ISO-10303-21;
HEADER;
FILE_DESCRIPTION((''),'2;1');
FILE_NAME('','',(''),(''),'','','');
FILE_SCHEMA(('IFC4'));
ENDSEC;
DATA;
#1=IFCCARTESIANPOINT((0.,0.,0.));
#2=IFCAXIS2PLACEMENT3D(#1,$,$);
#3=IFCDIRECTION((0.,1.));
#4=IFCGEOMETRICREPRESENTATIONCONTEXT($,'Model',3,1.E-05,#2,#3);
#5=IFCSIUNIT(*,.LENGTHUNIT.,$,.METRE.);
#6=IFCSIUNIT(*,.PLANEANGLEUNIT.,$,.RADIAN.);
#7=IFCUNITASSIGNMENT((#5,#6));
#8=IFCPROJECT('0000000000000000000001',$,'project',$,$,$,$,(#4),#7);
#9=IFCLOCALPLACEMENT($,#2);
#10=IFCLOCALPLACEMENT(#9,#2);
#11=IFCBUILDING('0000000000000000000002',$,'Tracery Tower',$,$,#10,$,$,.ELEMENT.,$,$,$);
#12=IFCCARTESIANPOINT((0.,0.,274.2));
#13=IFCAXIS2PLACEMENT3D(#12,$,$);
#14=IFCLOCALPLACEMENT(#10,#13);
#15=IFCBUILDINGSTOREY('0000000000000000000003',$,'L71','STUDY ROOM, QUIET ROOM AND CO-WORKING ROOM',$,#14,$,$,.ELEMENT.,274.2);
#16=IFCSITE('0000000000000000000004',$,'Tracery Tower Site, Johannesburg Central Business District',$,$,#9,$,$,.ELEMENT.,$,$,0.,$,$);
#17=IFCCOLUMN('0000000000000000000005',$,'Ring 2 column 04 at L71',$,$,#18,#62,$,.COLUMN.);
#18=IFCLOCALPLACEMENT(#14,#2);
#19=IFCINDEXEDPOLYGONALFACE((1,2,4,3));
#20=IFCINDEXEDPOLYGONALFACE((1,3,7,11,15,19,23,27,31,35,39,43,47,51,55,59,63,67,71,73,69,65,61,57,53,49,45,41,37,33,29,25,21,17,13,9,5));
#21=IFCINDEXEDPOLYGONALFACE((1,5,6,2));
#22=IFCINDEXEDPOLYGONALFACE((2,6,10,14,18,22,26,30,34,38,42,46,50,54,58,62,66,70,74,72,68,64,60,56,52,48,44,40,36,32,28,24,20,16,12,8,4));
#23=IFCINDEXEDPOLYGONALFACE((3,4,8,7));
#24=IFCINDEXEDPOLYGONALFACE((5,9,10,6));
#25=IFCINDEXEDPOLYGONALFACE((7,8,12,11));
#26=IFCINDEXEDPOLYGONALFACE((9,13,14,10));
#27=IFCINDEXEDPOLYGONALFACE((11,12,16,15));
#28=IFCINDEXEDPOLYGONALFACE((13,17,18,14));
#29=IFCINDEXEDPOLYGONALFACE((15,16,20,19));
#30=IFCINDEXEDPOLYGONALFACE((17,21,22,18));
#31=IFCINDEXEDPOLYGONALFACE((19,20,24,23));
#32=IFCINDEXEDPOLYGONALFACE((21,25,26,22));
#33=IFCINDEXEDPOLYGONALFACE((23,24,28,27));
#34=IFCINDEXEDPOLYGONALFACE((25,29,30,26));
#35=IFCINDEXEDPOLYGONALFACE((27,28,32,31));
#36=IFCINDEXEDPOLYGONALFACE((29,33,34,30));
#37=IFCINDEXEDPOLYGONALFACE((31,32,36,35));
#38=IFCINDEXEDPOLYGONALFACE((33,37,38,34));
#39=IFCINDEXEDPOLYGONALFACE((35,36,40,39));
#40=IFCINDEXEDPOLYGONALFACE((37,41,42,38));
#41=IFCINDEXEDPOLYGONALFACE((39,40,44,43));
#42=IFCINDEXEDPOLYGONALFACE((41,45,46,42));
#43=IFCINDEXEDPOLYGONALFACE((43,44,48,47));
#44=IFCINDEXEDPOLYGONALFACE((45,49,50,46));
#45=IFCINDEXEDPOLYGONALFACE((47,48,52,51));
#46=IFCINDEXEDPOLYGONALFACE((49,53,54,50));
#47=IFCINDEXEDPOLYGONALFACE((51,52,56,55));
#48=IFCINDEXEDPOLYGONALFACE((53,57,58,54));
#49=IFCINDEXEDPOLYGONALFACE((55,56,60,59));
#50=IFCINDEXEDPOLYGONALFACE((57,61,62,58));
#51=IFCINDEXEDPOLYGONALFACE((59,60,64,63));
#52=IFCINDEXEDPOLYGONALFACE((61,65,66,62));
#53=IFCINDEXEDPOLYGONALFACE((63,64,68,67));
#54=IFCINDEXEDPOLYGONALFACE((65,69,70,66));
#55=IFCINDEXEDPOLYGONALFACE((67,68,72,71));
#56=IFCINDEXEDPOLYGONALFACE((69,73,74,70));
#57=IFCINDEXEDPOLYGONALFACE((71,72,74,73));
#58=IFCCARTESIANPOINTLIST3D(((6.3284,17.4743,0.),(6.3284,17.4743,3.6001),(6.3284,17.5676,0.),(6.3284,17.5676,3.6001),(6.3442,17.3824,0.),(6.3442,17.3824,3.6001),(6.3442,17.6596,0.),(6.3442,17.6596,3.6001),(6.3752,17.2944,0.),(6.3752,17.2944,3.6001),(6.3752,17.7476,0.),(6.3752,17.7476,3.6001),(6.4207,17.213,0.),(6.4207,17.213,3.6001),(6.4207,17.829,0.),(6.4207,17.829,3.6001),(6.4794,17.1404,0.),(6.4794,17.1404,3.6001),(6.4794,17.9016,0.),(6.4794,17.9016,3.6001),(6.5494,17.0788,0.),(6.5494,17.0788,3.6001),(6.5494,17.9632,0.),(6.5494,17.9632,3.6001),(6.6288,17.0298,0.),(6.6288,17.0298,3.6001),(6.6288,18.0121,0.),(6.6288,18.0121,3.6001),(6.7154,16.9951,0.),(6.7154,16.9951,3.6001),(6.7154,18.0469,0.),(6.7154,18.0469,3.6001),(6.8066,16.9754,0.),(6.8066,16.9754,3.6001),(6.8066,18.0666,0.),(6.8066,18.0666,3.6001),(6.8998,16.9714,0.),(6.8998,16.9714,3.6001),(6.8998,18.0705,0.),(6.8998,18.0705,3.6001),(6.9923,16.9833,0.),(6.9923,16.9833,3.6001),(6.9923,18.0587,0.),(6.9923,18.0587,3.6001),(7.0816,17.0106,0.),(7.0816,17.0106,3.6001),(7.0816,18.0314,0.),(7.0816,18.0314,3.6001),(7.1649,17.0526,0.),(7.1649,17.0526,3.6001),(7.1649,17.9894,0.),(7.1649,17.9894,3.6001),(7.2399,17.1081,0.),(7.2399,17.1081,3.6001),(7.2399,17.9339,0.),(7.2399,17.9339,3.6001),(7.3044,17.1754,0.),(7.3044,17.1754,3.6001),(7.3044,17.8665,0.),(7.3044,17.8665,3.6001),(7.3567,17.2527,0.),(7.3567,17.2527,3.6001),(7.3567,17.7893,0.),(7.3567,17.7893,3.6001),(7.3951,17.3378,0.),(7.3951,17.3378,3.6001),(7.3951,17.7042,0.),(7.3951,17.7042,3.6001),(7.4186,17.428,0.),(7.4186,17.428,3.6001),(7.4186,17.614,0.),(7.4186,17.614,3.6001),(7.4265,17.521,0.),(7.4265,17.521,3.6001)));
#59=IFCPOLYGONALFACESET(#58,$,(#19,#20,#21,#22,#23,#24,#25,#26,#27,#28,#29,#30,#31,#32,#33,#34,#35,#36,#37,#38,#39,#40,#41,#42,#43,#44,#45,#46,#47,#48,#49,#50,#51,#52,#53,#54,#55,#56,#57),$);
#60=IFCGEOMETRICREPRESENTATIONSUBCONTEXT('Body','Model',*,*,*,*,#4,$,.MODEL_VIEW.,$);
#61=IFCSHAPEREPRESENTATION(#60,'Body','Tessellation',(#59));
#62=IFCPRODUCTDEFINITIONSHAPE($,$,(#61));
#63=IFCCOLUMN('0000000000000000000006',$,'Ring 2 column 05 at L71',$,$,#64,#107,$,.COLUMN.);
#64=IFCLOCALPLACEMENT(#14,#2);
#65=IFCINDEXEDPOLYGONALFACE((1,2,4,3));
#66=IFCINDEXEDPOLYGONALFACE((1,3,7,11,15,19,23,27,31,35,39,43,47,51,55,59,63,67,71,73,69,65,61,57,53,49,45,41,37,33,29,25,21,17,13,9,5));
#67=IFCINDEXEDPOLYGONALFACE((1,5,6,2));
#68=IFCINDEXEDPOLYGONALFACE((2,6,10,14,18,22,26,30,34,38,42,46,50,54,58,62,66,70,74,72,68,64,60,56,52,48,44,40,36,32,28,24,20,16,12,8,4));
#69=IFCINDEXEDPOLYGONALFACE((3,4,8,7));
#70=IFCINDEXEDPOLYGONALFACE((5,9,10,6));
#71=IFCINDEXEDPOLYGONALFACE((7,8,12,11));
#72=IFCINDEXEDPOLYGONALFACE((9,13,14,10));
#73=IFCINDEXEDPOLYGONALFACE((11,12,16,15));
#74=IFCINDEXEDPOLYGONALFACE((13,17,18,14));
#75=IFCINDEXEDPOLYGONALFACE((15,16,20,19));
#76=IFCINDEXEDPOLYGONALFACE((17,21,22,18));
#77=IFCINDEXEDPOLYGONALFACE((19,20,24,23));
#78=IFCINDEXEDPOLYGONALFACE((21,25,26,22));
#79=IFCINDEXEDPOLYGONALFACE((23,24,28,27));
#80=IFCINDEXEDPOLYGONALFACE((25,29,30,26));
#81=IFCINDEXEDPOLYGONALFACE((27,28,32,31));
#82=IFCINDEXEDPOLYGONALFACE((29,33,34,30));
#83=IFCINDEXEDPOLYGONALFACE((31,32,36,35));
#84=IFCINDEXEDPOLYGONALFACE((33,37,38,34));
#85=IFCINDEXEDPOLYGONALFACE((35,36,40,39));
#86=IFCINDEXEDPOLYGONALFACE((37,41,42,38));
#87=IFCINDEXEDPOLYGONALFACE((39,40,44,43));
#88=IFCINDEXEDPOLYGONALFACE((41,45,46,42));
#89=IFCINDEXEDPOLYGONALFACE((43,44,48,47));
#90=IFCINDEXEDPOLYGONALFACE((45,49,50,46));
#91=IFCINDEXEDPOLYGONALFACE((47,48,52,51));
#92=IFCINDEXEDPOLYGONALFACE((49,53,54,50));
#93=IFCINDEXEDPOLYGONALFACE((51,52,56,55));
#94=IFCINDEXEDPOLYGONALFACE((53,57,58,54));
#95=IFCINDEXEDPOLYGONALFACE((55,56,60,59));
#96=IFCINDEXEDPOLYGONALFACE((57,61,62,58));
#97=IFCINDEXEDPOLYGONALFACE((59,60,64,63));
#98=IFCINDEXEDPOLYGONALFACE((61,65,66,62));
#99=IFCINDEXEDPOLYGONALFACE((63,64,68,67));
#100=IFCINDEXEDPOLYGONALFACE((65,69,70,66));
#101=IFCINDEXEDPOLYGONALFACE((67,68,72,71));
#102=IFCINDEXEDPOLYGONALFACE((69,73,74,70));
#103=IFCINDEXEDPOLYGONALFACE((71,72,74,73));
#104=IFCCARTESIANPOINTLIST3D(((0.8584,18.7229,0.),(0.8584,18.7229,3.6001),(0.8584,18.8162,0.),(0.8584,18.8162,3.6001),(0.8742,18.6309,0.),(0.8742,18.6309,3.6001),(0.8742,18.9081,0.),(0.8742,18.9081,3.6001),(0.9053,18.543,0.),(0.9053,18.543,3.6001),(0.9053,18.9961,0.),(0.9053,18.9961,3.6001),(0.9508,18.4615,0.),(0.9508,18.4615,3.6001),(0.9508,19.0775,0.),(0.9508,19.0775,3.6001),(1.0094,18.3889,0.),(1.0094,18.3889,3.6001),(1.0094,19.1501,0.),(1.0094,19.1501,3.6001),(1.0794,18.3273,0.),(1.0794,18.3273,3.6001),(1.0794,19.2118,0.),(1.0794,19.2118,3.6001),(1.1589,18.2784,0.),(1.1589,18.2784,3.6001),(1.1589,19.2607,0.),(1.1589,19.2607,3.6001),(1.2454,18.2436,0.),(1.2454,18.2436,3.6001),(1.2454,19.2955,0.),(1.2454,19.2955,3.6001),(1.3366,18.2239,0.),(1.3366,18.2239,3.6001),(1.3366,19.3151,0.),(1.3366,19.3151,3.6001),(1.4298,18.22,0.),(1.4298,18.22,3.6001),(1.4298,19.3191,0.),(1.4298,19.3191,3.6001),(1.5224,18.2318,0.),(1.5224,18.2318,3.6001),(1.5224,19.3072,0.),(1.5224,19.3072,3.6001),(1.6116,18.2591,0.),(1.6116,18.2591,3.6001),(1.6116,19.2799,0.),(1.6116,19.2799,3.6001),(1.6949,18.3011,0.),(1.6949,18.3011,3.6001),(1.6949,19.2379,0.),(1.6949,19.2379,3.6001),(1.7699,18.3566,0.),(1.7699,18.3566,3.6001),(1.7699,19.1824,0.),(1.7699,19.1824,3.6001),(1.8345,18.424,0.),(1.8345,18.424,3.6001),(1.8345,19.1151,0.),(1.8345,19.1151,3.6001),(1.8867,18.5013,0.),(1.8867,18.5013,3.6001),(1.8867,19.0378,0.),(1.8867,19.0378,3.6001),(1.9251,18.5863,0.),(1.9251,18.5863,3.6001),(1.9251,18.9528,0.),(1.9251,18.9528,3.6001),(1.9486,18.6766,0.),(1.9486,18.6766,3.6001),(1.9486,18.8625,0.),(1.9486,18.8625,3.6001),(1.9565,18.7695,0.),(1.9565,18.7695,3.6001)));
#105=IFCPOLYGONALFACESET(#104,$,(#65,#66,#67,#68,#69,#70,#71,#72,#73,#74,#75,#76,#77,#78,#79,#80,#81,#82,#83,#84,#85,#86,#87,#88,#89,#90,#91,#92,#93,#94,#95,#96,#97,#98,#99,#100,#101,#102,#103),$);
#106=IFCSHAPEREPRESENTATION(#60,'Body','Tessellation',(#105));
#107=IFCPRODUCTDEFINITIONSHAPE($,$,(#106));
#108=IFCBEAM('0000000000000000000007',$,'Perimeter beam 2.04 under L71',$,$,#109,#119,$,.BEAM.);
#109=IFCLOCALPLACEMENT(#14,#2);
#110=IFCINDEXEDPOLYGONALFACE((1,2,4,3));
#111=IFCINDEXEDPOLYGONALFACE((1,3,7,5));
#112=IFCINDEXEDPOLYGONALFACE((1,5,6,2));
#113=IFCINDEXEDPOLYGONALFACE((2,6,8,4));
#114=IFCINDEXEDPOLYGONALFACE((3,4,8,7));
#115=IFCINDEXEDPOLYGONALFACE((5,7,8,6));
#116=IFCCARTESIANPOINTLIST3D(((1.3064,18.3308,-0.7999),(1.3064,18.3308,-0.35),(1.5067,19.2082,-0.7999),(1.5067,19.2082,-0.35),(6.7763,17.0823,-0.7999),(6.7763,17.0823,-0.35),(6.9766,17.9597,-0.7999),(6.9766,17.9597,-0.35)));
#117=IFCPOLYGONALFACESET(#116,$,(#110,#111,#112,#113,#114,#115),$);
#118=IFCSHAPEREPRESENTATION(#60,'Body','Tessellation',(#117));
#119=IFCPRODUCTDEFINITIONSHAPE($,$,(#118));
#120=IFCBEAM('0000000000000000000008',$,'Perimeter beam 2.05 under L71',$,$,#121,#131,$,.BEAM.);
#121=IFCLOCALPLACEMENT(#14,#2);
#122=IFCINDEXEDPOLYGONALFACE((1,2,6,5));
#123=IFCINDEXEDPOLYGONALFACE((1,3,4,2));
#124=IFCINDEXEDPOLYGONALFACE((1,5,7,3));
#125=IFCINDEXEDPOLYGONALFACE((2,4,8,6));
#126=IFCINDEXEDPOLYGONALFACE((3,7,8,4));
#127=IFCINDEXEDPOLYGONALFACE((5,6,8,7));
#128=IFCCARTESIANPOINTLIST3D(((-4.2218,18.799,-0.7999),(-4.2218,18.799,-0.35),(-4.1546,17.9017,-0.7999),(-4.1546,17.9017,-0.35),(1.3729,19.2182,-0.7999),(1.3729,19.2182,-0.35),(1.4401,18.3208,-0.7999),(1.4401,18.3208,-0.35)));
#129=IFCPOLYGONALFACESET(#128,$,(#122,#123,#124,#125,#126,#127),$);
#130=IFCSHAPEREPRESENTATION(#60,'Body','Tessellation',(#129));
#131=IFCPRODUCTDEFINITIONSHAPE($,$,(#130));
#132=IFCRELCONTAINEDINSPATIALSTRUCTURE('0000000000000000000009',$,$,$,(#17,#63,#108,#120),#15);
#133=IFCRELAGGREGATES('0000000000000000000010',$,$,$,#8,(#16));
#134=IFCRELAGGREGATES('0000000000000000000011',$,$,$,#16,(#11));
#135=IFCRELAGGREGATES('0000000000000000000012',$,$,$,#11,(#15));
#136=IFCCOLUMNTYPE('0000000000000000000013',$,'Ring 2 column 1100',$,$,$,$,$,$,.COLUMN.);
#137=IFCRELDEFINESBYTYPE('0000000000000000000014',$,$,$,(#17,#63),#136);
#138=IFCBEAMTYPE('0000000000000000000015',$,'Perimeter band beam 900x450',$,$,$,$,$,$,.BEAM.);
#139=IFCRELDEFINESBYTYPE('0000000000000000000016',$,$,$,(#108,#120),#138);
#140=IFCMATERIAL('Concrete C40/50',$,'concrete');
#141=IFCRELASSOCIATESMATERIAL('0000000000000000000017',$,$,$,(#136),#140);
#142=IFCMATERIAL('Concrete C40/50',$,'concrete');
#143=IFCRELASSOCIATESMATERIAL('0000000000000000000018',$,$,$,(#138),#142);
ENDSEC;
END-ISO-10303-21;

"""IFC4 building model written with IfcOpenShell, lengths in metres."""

from ifc_helpers import new_model, si_unit, direction, frame, origin, origin_2d, place, context, subcontext, project, spatial, rectangle, circle, extrude, material, material_profile, profile_set, type_object, element, save


model = new_model("IFC4")

# Units and contexts
model_context = context("Model", 3, precision=1e-05, world=origin(), true_north=direction((0.0, 1.0)))
body_context = subcontext(model_context, "Body", "Model", "MODEL_VIEW")
ifc_project = project(units=[si_unit("LENGTHUNIT", "METRE"), si_unit("PLANEANGLEUNIT", "RADIAN")], contexts=[model_context])

# Site, building, storey
site_placement = place(None, origin())
site = spatial("IfcSite", under=ifc_project, at=site_placement, Name="Tracery Tower Site, Johannesburg Central Business District", CompositionType="ELEMENT", RefElevation=0.0)
building_placement = place(site_placement, origin())
building = spatial("IfcBuilding", under=site, at=building_placement, Name="Tracery Tower", CompositionType="ELEMENT")
storey_placement = place(building_placement, frame((0.0, 0.0, 274.2)))
storey = spatial("IfcBuildingStorey", under=building, at=storey_placement, Name="L71", Description="STUDY ROOM, QUIET ROOM AND CO-WORKING ROOM", CompositionType="ELEMENT", Elevation=274.2)

# Columns
ifc_material_1 = material(Name="Concrete C40/50", Category="concrete")
ifc_material_profile_1 = material_profile(ifc_material_1, circle(Radius=0.55, at=origin_2d()), Name="RC D1100")
ifc_profile_set_1 = profile_set([ifc_material_profile_1], Name="Concrete C40/50")
column_type = type_object("IfcColumnType", Name="Ring 2 column 1100", PredefinedType="COLUMN", material=ifc_profile_set_1)
for number, where, z_axis, x_axis, name in (
    (1, (6.8765, 17.521, 0.0), (0.0, 0.0, 1.0), (1.0, 0.0, 0.0), "Ring 2 column 04 at L71"),
    (2, (1.4065, 18.7695, 0.0), (0.0, 0.0, 1.0), (1.0, 0.0, 0.0), "Ring 2 column 05 at L71"),
):
    element("IfcColumn", number, at=place(storey_placement, frame(where, z_axis=z_axis, x_axis=x_axis)), inside=storey, type_object=column_type, Name=name, PredefinedType="COLUMN", context=body_context, shape_type="SweptSolid", body=[
        extrude(circle(Radius=0.55, at=origin_2d()), origin(), (0.0, 0.0, 1.0), 3.6001),
    ])

# Beams
ifc_material_2 = material(Name="Concrete C40/50", Category="concrete")
ifc_material_profile_2 = material_profile(ifc_material_2, rectangle(XDim=0.8999, YDim=0.45, at=origin_2d()), Name="RC 900x450")
ifc_profile_set_2 = profile_set([ifc_material_profile_2], Name="Concrete C40/50")
beam_type = type_object("IfcBeamType", Name="Perimeter band beam 900x450", PredefinedType="BEAM", material=ifc_profile_set_2)
beam_1_placement = place(storey_placement, frame((6.8765, 17.521, -0.575), z_axis=(-0.974926, 0.222529, 0.0), x_axis=(-0.222529, -0.974926, 0.0)))
element("IfcBeam", 3, at=beam_1_placement, inside=storey, type_object=beam_type, Name="Perimeter beam 2.04 under L71", PredefinedType="BEAM", context=body_context, shape_type="SweptSolid", body=[
    extrude(rectangle(XDim=0.8999, YDim=0.45, at=origin_2d()), origin(), (0.0, 0.0, 1.0), 5.6106),
])
beam_2_placement = place(storey_placement, frame((1.4065, 18.7695, -0.575), z_axis=(-0.997205, -0.074716, 0.0), x_axis=(0.074716, -0.997205, 0.0)))
element("IfcBeam", 4, at=beam_2_placement, inside=storey, type_object=beam_type, Name="Perimeter beam 2.05 under L71", PredefinedType="BEAM", context=body_context, shape_type="SweptSolid", body=[
    extrude(rectangle(XDim=0.8999, YDim=0.45, at=origin_2d()), origin(), (0.0, 0.0, 1.0), 5.6104),
])

save(model, "model.ifc")
